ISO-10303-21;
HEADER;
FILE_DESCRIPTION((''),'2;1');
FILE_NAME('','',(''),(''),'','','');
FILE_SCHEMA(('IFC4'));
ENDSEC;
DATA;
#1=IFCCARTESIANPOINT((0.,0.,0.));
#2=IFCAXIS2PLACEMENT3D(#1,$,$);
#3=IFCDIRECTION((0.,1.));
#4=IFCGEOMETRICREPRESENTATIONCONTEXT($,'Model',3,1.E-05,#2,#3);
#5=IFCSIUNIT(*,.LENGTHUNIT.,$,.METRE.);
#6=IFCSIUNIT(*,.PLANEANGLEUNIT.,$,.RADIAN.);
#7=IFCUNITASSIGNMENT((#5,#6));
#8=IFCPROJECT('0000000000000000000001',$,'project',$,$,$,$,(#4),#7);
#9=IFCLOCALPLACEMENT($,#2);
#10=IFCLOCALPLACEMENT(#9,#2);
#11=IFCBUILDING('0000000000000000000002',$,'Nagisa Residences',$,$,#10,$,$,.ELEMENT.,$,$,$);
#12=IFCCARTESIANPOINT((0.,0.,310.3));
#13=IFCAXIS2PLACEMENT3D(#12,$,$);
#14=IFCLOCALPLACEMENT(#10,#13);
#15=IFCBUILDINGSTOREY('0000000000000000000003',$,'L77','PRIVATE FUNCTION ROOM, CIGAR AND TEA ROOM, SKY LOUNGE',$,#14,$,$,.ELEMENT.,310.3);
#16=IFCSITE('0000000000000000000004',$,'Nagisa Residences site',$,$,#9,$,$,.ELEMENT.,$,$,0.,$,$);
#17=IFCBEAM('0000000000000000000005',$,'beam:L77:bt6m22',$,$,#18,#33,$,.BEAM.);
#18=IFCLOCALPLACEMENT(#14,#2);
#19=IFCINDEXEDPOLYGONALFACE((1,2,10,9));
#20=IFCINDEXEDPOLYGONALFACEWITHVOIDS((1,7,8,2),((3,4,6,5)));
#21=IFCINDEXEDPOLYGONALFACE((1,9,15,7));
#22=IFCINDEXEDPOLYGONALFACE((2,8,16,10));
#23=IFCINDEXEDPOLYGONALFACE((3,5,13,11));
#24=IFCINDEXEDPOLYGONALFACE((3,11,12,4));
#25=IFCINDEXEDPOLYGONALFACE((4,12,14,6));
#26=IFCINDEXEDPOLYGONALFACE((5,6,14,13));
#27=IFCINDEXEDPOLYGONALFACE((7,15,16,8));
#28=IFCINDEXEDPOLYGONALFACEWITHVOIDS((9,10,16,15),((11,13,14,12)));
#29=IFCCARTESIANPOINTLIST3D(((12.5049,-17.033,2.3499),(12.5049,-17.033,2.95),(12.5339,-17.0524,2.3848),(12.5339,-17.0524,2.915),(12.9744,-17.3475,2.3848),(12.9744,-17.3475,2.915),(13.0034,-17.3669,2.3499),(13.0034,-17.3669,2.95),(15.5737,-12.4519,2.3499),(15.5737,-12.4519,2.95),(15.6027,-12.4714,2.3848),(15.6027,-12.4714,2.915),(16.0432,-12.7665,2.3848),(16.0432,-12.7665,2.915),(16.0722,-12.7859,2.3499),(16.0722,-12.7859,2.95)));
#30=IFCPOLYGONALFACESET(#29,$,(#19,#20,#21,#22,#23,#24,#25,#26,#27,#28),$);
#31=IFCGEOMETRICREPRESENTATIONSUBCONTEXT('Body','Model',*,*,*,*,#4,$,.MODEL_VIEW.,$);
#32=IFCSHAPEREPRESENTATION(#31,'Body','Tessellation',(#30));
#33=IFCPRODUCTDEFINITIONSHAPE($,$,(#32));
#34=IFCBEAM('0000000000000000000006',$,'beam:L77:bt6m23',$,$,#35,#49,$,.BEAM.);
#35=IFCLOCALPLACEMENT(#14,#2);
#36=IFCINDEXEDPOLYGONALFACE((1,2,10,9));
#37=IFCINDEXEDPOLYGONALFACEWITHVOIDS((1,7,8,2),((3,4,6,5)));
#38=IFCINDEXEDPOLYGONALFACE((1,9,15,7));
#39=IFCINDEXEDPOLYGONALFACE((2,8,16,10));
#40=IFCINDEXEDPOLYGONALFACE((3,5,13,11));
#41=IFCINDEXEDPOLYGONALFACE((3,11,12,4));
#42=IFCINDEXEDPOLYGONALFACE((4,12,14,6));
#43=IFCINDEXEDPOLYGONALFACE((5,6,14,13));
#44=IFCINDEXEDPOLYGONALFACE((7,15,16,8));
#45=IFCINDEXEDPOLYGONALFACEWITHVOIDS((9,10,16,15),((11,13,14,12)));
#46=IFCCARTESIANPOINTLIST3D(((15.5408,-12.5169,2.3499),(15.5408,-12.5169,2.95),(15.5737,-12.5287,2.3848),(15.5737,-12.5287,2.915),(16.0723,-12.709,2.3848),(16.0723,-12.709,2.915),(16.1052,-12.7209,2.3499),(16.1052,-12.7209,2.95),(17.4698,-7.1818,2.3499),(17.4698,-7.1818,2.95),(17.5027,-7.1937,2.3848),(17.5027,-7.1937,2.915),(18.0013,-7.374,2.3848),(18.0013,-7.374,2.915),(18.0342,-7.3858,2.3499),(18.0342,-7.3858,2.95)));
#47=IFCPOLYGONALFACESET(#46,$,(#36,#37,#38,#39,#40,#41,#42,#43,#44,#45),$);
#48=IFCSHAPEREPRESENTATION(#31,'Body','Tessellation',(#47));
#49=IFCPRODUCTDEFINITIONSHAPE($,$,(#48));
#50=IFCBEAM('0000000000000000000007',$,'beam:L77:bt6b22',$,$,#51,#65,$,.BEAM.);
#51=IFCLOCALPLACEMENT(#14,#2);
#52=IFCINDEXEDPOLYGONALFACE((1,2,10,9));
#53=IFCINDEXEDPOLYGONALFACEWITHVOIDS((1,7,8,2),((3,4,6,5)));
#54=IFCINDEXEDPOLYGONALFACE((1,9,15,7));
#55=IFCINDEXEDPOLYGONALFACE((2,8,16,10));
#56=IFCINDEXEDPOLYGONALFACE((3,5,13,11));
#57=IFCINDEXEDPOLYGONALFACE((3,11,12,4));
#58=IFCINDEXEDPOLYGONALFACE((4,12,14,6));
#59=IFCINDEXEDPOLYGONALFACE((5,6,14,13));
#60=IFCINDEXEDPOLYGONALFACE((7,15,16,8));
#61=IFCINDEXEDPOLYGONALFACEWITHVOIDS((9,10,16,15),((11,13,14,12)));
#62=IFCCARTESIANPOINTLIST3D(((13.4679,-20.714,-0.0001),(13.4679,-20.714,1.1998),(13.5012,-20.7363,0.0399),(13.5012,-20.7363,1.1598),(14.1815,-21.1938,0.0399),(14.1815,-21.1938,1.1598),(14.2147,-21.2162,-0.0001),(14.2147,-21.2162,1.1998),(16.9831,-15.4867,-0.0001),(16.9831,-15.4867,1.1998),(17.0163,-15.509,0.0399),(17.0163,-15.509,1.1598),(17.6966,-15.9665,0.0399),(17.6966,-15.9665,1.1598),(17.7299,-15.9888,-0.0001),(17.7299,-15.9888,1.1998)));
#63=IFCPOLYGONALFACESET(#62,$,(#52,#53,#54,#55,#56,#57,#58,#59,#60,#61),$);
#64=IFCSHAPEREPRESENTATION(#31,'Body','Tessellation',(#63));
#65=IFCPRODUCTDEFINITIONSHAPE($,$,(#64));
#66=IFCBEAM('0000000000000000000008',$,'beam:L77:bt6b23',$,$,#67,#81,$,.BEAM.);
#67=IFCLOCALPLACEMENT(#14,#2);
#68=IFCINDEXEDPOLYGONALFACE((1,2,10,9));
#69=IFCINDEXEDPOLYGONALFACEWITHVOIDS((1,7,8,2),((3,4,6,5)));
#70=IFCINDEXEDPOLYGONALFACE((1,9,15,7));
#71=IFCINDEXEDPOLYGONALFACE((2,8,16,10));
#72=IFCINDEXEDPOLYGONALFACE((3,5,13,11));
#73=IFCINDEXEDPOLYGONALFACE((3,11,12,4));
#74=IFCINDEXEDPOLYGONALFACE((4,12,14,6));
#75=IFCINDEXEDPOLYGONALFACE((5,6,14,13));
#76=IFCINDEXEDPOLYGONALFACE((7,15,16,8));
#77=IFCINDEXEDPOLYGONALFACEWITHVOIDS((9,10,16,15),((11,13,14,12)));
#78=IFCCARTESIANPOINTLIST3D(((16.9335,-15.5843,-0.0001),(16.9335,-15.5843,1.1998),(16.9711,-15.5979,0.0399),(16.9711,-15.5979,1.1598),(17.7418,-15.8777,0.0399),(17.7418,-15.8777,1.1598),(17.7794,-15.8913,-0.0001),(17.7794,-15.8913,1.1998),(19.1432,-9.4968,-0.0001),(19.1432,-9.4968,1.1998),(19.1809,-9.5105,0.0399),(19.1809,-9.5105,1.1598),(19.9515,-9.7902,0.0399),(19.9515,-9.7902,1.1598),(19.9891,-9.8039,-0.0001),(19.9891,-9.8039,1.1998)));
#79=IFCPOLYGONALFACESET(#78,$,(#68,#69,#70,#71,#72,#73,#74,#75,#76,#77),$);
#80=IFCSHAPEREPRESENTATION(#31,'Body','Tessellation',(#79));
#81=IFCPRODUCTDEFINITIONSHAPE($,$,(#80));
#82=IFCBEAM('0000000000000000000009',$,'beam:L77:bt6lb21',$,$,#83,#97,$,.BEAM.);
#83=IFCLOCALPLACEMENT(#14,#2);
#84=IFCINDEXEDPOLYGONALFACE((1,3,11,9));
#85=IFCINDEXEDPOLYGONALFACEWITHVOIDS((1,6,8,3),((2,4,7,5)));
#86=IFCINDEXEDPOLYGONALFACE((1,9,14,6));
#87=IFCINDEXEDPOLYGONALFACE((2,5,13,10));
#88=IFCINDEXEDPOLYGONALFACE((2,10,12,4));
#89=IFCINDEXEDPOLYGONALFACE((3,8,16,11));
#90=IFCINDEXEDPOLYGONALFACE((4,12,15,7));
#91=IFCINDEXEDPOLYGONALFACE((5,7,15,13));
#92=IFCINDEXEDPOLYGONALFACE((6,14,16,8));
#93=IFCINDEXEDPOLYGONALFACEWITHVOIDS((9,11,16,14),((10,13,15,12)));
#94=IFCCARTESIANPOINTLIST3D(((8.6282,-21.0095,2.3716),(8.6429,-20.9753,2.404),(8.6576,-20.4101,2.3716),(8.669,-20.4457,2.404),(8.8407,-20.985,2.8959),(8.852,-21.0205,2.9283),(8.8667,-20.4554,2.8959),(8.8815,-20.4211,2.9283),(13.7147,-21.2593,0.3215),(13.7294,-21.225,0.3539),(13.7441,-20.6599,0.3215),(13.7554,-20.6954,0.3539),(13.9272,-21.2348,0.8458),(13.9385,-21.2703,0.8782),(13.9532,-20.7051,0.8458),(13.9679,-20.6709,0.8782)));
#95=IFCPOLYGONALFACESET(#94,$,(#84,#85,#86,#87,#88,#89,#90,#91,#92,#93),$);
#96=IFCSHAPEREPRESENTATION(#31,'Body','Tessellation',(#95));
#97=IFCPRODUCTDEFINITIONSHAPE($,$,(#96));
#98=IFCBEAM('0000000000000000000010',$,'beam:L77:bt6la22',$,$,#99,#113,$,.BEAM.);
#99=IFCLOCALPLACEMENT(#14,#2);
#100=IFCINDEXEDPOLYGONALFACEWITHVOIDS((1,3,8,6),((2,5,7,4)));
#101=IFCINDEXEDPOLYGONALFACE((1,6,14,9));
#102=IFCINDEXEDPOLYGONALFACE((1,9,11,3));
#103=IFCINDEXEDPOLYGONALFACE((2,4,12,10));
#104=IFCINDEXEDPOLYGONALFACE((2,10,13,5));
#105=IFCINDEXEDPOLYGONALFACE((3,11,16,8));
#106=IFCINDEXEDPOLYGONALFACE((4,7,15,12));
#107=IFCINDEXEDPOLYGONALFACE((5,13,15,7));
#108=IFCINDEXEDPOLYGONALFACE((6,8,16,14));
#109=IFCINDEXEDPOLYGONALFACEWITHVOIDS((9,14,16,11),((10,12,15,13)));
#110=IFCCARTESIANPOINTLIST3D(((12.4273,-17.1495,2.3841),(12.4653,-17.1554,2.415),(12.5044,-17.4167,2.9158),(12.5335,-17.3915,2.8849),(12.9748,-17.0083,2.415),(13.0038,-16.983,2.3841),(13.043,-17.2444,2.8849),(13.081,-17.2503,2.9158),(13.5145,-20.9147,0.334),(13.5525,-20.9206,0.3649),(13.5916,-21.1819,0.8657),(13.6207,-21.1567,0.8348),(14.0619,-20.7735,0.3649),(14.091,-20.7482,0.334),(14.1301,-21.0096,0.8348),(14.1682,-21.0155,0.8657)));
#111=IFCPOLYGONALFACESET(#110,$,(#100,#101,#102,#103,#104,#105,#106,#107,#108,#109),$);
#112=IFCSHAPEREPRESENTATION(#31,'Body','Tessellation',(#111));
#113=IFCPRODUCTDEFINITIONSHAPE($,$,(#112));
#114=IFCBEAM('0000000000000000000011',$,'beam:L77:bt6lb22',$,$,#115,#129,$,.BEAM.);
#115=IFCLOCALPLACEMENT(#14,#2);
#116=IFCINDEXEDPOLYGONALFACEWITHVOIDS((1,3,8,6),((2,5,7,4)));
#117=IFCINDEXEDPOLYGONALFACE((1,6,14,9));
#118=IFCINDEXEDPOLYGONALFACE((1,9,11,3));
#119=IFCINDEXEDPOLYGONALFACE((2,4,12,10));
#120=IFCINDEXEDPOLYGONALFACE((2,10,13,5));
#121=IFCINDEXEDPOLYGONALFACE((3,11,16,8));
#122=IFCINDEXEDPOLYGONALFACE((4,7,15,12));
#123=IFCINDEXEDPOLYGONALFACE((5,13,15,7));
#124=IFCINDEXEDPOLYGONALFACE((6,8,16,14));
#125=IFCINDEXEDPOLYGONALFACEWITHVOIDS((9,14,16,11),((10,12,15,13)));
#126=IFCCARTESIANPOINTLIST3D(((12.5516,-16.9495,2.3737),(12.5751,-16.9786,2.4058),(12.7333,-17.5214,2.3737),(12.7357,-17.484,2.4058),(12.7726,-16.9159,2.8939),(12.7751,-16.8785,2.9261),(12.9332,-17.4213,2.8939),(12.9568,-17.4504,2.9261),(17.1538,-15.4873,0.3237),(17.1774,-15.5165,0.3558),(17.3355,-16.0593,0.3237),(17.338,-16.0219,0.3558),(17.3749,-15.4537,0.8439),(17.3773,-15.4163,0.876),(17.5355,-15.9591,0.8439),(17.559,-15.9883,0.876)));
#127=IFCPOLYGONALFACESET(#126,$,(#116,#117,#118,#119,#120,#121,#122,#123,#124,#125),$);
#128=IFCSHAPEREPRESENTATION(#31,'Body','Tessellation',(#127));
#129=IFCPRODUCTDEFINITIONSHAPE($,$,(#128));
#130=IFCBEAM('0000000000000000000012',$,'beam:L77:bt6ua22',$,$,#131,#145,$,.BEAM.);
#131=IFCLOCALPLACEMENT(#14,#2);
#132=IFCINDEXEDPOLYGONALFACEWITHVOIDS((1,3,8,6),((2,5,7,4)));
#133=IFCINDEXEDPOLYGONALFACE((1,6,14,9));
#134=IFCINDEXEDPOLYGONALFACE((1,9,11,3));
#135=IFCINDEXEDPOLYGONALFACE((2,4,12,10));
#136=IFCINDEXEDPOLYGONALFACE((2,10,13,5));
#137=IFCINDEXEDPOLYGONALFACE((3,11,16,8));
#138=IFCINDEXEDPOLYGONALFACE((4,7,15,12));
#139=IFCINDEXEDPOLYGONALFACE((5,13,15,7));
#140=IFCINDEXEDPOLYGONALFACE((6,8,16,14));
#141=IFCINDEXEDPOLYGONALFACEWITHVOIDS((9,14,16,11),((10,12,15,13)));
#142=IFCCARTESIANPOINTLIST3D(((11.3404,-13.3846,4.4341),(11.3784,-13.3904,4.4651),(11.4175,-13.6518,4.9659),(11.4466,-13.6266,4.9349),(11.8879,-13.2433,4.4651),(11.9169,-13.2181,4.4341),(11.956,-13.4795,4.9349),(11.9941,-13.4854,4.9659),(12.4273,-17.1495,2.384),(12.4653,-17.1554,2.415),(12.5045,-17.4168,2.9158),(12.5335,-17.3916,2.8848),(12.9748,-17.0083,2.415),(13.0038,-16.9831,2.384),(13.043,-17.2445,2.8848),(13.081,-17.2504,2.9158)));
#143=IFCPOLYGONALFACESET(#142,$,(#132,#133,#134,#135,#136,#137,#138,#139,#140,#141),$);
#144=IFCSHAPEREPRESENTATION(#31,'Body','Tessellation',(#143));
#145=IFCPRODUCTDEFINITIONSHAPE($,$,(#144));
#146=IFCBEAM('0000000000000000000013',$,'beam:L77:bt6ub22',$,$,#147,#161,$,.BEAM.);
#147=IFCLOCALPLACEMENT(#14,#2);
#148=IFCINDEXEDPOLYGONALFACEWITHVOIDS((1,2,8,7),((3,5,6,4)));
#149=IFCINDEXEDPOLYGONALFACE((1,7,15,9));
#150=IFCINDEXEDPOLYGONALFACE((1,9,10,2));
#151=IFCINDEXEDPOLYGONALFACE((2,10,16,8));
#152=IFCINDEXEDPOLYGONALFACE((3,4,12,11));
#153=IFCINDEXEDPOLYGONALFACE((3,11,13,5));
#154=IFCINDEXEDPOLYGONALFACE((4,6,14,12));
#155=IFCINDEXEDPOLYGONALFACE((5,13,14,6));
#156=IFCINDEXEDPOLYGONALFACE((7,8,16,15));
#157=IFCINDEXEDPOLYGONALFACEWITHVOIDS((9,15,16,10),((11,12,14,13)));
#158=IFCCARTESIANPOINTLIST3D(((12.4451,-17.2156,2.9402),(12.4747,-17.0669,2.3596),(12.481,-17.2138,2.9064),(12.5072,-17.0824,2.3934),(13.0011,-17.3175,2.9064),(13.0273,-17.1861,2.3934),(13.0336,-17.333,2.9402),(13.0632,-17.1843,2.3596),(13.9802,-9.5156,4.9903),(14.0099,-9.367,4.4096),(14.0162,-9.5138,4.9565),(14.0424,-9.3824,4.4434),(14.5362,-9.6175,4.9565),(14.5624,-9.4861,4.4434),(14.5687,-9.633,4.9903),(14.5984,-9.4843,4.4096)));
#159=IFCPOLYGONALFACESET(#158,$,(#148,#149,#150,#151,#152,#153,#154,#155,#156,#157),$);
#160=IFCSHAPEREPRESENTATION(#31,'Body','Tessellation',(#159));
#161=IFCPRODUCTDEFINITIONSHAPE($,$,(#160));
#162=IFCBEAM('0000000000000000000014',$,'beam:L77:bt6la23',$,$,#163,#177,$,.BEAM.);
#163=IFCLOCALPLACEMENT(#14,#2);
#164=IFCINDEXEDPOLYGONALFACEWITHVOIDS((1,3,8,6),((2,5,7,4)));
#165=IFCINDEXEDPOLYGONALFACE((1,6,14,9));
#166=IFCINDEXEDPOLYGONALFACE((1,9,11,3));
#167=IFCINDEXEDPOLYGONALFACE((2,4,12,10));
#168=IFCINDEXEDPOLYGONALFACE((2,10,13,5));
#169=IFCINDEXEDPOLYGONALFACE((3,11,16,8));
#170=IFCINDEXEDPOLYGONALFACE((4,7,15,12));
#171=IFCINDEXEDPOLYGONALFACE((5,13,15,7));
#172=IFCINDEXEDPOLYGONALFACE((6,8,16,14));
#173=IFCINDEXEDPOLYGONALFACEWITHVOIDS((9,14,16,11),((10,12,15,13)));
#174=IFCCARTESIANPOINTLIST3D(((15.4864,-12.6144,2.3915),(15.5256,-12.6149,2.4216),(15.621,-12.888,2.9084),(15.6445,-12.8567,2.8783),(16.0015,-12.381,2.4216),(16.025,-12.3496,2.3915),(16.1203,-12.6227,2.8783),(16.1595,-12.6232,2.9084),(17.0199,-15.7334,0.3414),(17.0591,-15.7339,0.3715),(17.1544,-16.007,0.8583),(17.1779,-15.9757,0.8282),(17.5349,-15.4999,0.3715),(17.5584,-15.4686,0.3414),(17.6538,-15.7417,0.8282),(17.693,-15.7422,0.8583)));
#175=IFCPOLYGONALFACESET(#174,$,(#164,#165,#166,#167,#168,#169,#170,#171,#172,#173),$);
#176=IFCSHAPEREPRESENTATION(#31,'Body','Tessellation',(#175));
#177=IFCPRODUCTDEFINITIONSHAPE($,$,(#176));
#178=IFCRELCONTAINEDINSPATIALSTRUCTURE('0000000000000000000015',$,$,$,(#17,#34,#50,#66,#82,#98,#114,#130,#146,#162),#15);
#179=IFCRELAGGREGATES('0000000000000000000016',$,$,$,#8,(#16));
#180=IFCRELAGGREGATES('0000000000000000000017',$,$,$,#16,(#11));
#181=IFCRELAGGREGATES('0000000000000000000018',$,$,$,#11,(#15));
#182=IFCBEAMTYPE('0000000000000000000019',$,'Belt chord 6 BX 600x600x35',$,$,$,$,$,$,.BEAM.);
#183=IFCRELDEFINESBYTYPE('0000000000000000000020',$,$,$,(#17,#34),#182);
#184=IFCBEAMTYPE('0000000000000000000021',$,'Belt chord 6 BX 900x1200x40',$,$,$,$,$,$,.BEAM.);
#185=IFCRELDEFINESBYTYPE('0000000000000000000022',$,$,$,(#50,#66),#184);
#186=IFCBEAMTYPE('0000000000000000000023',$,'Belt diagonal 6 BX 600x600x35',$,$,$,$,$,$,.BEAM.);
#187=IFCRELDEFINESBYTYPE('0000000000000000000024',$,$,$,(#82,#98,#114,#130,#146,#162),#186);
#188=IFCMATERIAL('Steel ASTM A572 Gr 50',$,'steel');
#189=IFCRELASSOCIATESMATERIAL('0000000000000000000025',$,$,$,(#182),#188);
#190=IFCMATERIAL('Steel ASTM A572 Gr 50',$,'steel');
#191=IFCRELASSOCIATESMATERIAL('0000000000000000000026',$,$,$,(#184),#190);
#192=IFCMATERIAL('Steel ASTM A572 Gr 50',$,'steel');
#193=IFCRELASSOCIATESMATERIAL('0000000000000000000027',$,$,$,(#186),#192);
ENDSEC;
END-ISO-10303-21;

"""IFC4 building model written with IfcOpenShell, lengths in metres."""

from ifc_helpers import new_model, si_unit, direction, frame, origin, origin_2d, place, context, subcontext, project, spatial, hollow_rectangle, extrude, material, material_profile, profile_set, type_object, element, save


model = new_model("IFC4")

# Units and contexts
model_context = context("Model", 3, precision=1e-05, world=origin(), true_north=direction((0.0, 1.0)))
body_context = subcontext(model_context, "Body", "Model", "MODEL_VIEW")
ifc_project = project(units=[si_unit("LENGTHUNIT", "METRE"), si_unit("PLANEANGLEUNIT", "RADIAN")], contexts=[model_context])

# Site, building, storey
site_placement = place(None, origin())
site = spatial("IfcSite", under=ifc_project, at=site_placement, Name="Nagisa Residences site", CompositionType="ELEMENT", RefElevation=0.0)
building_placement = place(site_placement, origin())
building = spatial("IfcBuilding", under=site, at=building_placement, Name="Nagisa Residences", CompositionType="ELEMENT")
storey_placement = place(building_placement, frame((0.0, 0.0, 310.3)))
storey = spatial("IfcBuildingStorey", under=building, at=storey_placement, Name="L77", Description="PRIVATE FUNCTION ROOM, CIGAR AND TEA ROOM, SKY LOUNGE", CompositionType="ELEMENT", Elevation=310.3)

# Beams
ifc_material_1 = material(Name="Steel ASTM A572 Gr 50", Category="steel")
ifc_material_profile_1 = material_profile(ifc_material_1, hollow_rectangle(XDim=0.6001, YDim=0.6001, WallThickness=0.0349, at=origin_2d()), Name="BX 600x600x35")
ifc_profile_set_1 = profile_set([ifc_material_profile_1], Name="Steel ASTM A572 Gr 50")
beam_type_1 = type_object("IfcBeamType", Name="Belt chord 6 BX 600x600x35", PredefinedType="BEAM", material=ifc_profile_set_1)
beam_1_placement = place(storey_placement, frame((12.7542, -17.2, 2.6499), z_axis=(0.556558, 0.830808, 0.0), x_axis=(-0.830808, 0.556558, 0.0)))
element("IfcBeam", 1, at=beam_1_placement, inside=storey, type_object=beam_type_1, Name="beam:L77:bt6m22", PredefinedType="BEAM", context=body_context, shape_type="SweptSolid", body=[
    extrude(hollow_rectangle(XDim=0.6001, YDim=0.6001, WallThickness=0.0349, at=origin_2d()), origin(), (0.0, 0.0, 1.0), 5.5139),
])
beam_2_placement = place(storey_placement, frame((15.823, -12.6189, 2.6499), z_axis=(0.340025, 0.940416, 0.0), x_axis=(-0.940416, 0.340025, 0.0)))
element("IfcBeam", 2, at=beam_2_placement, inside=storey, type_object=beam_type_1, Name="beam:L77:bt6m23", PredefinedType="BEAM", context=body_context, shape_type="SweptSolid", body=[
    extrude(hollow_rectangle(XDim=0.6001, YDim=0.6001, WallThickness=0.0349, at=origin_2d()), origin(), (0.0, 0.0, 1.0), 5.6731),
])
ifc_material_2 = material(Name="Steel ASTM A572 Gr 50", Category="steel")
ifc_material_profile_2 = material_profile(ifc_material_2, hollow_rectangle(XDim=0.8999, YDim=1.2, WallThickness=0.04, at=origin_2d()), Name="BX 900x1200x40")
ifc_profile_set_2 = profile_set([ifc_material_profile_2], Name="Steel ASTM A572 Gr 50")
beam_type_2 = type_object("IfcBeamType", Name="Belt chord 6 BX 900x1200x40", PredefinedType="BEAM", material=ifc_profile_set_2)
beam_3_placement = place(storey_placement, frame((13.8413, -20.9651, 0.5999), z_axis=(0.558023, 0.829826, 0.0), x_axis=(-0.829826, 0.558023, 0.0)))
element("IfcBeam", 3, at=beam_3_placement, inside=storey, type_object=beam_type_2, Name="beam:L77:bt6b22", PredefinedType="BEAM", context=body_context, shape_type="SweptSolid", body=[
    extrude(hollow_rectangle(XDim=0.8999, YDim=1.2, WallThickness=0.04, at=origin_2d()), origin(), (0.0, 0.0, 1.0), 6.2993),
])
beam_4_placement = place(storey_placement, frame((17.3564, -15.7378, 0.5999), z_axis=(0.341213, 0.939986, 0.0), x_axis=(-0.939986, 0.341213, 0.0)))
element("IfcBeam", 4, at=beam_4_placement, inside=storey, type_object=beam_type_2, Name="beam:L77:bt6b23", PredefinedType="BEAM", context=body_context, shape_type="SweptSolid", body=[
    extrude(hollow_rectangle(XDim=0.8999, YDim=1.2, WallThickness=0.04, at=origin_2d()), origin(), (0.0, 0.0, 1.0), 6.4761),
])
ifc_material_3 = material(Name="Steel ASTM A572 Gr 50", Category="steel")
ifc_material_profile_3 = material_profile(ifc_material_3, hollow_rectangle(XDim=0.6001, YDim=0.6001, WallThickness=0.0349, at=origin_2d()), Name="BX 600x600x35")
ifc_profile_set_3 = profile_set([ifc_material_profile_3], Name="Steel ASTM A572 Gr 50")
beam_type_3 = type_object("IfcBeamType", Name="Belt diagonal 6 BX 600x600x35", PredefinedType="BEAM", material=ifc_profile_set_3)
beam_5_placement = place(storey_placement, frame((13.8413, -20.9651, 0.5999), z_axis=(-0.92654, 0.045495, 0.373435), x_axis=(-0.049043, -0.998797, 0.0)))
element("IfcBeam", 5, at=beam_5_placement, inside=storey, type_object=beam_type_3, Name="beam:L77:bt6lb21", PredefinedType="BEAM", context=body_context, shape_type="SweptSolid", body=[
    extrude(hollow_rectangle(XDim=0.6001, YDim=0.6001, WallThickness=0.0349, at=origin_2d()), origin(), (0.0, 0.0, 1.0), 5.4897),
])
beam_6_placement = place(storey_placement, frame((13.8413, -20.9651, 0.5999), z_axis=(-0.24581, 0.851308, 0.463522), x_axis=(-0.960751, -0.277411, 0.0)))
element("IfcBeam", 6, at=beam_6_placement, inside=storey, type_object=beam_type_3, Name="beam:L77:bt6la22", PredefinedType="BEAM", context=body_context, shape_type="SweptSolid", body=[
    extrude(hollow_rectangle(XDim=0.6001, YDim=0.6001, WallThickness=0.0349, at=origin_2d()), origin(), (0.0, 0.0, 1.0), 4.4229),
])
beam_7_placement = place(storey_placement, frame((17.3564, -15.7378, 0.5999), z_axis=(-0.877277, -0.278713, 0.390775), x_axis=(0.302788, -0.953058, 0.0)))
element("IfcBeam", 7, at=beam_7_placement, inside=storey, type_object=beam_type_3, Name="beam:L77:bt6lb22", PredefinedType="BEAM", context=body_context, shape_type="SweptSolid", body=[
    extrude(hollow_rectangle(XDim=0.6001, YDim=0.6001, WallThickness=0.0349, at=origin_2d()), origin(), (0.0, 0.0, 1.0), 5.2461),
])
beam_8_placement = place(storey_placement, frame((12.7542, -17.2, 2.6499), z_axis=(-0.245769, 0.851304, 0.46355), x_axis=(-0.960763, -0.27737, 0.0)))
element("IfcBeam", 8, at=beam_8_placement, inside=storey, type_object=beam_type_3, Name="beam:L77:bt6ua22", PredefinedType="BEAM", context=body_context, shape_type="SweptSolid", body=[
    extrude(hollow_rectangle(XDim=0.6001, YDim=0.6001, WallThickness=0.0349, at=origin_2d()), origin(), (0.0, 0.0, 1.0), 4.4226),
])
beam_9_placement = place(storey_placement, frame((12.7542, -17.2, 2.6499), z_axis=(0.189182, 0.948887, 0.252633), x_axis=(-0.980699, 0.195524, 0.0)))
element("IfcBeam", 9, at=beam_9_placement, inside=storey, type_object=beam_type_3, Name="beam:L77:bt6ub22", PredefinedType="BEAM", context=body_context, shape_type="SweptSolid", body=[
    extrude(hollow_rectangle(XDim=0.6001, YDim=0.6001, WallThickness=0.0349, at=origin_2d()), origin(), (0.0, 0.0, 1.0), 8.1147),
])
beam_10_placement = place(storey_placement, frame((17.3564, -15.7378, 0.5999), z_axis=(-0.380031, 0.77295, 0.50806), x_axis=(-0.8974, -0.441219, 0.0)))
element("IfcBeam", 10, at=beam_10_placement, inside=storey, type_object=beam_type_3, Name="beam:L77:bt6la23", PredefinedType="BEAM", context=body_context, shape_type="SweptSolid", body=[
    extrude(hollow_rectangle(XDim=0.6001, YDim=0.6001, WallThickness=0.0349, at=origin_2d()), origin(), (0.0, 0.0, 1.0), 4.0352),
])

save(model, "model.ifc")
